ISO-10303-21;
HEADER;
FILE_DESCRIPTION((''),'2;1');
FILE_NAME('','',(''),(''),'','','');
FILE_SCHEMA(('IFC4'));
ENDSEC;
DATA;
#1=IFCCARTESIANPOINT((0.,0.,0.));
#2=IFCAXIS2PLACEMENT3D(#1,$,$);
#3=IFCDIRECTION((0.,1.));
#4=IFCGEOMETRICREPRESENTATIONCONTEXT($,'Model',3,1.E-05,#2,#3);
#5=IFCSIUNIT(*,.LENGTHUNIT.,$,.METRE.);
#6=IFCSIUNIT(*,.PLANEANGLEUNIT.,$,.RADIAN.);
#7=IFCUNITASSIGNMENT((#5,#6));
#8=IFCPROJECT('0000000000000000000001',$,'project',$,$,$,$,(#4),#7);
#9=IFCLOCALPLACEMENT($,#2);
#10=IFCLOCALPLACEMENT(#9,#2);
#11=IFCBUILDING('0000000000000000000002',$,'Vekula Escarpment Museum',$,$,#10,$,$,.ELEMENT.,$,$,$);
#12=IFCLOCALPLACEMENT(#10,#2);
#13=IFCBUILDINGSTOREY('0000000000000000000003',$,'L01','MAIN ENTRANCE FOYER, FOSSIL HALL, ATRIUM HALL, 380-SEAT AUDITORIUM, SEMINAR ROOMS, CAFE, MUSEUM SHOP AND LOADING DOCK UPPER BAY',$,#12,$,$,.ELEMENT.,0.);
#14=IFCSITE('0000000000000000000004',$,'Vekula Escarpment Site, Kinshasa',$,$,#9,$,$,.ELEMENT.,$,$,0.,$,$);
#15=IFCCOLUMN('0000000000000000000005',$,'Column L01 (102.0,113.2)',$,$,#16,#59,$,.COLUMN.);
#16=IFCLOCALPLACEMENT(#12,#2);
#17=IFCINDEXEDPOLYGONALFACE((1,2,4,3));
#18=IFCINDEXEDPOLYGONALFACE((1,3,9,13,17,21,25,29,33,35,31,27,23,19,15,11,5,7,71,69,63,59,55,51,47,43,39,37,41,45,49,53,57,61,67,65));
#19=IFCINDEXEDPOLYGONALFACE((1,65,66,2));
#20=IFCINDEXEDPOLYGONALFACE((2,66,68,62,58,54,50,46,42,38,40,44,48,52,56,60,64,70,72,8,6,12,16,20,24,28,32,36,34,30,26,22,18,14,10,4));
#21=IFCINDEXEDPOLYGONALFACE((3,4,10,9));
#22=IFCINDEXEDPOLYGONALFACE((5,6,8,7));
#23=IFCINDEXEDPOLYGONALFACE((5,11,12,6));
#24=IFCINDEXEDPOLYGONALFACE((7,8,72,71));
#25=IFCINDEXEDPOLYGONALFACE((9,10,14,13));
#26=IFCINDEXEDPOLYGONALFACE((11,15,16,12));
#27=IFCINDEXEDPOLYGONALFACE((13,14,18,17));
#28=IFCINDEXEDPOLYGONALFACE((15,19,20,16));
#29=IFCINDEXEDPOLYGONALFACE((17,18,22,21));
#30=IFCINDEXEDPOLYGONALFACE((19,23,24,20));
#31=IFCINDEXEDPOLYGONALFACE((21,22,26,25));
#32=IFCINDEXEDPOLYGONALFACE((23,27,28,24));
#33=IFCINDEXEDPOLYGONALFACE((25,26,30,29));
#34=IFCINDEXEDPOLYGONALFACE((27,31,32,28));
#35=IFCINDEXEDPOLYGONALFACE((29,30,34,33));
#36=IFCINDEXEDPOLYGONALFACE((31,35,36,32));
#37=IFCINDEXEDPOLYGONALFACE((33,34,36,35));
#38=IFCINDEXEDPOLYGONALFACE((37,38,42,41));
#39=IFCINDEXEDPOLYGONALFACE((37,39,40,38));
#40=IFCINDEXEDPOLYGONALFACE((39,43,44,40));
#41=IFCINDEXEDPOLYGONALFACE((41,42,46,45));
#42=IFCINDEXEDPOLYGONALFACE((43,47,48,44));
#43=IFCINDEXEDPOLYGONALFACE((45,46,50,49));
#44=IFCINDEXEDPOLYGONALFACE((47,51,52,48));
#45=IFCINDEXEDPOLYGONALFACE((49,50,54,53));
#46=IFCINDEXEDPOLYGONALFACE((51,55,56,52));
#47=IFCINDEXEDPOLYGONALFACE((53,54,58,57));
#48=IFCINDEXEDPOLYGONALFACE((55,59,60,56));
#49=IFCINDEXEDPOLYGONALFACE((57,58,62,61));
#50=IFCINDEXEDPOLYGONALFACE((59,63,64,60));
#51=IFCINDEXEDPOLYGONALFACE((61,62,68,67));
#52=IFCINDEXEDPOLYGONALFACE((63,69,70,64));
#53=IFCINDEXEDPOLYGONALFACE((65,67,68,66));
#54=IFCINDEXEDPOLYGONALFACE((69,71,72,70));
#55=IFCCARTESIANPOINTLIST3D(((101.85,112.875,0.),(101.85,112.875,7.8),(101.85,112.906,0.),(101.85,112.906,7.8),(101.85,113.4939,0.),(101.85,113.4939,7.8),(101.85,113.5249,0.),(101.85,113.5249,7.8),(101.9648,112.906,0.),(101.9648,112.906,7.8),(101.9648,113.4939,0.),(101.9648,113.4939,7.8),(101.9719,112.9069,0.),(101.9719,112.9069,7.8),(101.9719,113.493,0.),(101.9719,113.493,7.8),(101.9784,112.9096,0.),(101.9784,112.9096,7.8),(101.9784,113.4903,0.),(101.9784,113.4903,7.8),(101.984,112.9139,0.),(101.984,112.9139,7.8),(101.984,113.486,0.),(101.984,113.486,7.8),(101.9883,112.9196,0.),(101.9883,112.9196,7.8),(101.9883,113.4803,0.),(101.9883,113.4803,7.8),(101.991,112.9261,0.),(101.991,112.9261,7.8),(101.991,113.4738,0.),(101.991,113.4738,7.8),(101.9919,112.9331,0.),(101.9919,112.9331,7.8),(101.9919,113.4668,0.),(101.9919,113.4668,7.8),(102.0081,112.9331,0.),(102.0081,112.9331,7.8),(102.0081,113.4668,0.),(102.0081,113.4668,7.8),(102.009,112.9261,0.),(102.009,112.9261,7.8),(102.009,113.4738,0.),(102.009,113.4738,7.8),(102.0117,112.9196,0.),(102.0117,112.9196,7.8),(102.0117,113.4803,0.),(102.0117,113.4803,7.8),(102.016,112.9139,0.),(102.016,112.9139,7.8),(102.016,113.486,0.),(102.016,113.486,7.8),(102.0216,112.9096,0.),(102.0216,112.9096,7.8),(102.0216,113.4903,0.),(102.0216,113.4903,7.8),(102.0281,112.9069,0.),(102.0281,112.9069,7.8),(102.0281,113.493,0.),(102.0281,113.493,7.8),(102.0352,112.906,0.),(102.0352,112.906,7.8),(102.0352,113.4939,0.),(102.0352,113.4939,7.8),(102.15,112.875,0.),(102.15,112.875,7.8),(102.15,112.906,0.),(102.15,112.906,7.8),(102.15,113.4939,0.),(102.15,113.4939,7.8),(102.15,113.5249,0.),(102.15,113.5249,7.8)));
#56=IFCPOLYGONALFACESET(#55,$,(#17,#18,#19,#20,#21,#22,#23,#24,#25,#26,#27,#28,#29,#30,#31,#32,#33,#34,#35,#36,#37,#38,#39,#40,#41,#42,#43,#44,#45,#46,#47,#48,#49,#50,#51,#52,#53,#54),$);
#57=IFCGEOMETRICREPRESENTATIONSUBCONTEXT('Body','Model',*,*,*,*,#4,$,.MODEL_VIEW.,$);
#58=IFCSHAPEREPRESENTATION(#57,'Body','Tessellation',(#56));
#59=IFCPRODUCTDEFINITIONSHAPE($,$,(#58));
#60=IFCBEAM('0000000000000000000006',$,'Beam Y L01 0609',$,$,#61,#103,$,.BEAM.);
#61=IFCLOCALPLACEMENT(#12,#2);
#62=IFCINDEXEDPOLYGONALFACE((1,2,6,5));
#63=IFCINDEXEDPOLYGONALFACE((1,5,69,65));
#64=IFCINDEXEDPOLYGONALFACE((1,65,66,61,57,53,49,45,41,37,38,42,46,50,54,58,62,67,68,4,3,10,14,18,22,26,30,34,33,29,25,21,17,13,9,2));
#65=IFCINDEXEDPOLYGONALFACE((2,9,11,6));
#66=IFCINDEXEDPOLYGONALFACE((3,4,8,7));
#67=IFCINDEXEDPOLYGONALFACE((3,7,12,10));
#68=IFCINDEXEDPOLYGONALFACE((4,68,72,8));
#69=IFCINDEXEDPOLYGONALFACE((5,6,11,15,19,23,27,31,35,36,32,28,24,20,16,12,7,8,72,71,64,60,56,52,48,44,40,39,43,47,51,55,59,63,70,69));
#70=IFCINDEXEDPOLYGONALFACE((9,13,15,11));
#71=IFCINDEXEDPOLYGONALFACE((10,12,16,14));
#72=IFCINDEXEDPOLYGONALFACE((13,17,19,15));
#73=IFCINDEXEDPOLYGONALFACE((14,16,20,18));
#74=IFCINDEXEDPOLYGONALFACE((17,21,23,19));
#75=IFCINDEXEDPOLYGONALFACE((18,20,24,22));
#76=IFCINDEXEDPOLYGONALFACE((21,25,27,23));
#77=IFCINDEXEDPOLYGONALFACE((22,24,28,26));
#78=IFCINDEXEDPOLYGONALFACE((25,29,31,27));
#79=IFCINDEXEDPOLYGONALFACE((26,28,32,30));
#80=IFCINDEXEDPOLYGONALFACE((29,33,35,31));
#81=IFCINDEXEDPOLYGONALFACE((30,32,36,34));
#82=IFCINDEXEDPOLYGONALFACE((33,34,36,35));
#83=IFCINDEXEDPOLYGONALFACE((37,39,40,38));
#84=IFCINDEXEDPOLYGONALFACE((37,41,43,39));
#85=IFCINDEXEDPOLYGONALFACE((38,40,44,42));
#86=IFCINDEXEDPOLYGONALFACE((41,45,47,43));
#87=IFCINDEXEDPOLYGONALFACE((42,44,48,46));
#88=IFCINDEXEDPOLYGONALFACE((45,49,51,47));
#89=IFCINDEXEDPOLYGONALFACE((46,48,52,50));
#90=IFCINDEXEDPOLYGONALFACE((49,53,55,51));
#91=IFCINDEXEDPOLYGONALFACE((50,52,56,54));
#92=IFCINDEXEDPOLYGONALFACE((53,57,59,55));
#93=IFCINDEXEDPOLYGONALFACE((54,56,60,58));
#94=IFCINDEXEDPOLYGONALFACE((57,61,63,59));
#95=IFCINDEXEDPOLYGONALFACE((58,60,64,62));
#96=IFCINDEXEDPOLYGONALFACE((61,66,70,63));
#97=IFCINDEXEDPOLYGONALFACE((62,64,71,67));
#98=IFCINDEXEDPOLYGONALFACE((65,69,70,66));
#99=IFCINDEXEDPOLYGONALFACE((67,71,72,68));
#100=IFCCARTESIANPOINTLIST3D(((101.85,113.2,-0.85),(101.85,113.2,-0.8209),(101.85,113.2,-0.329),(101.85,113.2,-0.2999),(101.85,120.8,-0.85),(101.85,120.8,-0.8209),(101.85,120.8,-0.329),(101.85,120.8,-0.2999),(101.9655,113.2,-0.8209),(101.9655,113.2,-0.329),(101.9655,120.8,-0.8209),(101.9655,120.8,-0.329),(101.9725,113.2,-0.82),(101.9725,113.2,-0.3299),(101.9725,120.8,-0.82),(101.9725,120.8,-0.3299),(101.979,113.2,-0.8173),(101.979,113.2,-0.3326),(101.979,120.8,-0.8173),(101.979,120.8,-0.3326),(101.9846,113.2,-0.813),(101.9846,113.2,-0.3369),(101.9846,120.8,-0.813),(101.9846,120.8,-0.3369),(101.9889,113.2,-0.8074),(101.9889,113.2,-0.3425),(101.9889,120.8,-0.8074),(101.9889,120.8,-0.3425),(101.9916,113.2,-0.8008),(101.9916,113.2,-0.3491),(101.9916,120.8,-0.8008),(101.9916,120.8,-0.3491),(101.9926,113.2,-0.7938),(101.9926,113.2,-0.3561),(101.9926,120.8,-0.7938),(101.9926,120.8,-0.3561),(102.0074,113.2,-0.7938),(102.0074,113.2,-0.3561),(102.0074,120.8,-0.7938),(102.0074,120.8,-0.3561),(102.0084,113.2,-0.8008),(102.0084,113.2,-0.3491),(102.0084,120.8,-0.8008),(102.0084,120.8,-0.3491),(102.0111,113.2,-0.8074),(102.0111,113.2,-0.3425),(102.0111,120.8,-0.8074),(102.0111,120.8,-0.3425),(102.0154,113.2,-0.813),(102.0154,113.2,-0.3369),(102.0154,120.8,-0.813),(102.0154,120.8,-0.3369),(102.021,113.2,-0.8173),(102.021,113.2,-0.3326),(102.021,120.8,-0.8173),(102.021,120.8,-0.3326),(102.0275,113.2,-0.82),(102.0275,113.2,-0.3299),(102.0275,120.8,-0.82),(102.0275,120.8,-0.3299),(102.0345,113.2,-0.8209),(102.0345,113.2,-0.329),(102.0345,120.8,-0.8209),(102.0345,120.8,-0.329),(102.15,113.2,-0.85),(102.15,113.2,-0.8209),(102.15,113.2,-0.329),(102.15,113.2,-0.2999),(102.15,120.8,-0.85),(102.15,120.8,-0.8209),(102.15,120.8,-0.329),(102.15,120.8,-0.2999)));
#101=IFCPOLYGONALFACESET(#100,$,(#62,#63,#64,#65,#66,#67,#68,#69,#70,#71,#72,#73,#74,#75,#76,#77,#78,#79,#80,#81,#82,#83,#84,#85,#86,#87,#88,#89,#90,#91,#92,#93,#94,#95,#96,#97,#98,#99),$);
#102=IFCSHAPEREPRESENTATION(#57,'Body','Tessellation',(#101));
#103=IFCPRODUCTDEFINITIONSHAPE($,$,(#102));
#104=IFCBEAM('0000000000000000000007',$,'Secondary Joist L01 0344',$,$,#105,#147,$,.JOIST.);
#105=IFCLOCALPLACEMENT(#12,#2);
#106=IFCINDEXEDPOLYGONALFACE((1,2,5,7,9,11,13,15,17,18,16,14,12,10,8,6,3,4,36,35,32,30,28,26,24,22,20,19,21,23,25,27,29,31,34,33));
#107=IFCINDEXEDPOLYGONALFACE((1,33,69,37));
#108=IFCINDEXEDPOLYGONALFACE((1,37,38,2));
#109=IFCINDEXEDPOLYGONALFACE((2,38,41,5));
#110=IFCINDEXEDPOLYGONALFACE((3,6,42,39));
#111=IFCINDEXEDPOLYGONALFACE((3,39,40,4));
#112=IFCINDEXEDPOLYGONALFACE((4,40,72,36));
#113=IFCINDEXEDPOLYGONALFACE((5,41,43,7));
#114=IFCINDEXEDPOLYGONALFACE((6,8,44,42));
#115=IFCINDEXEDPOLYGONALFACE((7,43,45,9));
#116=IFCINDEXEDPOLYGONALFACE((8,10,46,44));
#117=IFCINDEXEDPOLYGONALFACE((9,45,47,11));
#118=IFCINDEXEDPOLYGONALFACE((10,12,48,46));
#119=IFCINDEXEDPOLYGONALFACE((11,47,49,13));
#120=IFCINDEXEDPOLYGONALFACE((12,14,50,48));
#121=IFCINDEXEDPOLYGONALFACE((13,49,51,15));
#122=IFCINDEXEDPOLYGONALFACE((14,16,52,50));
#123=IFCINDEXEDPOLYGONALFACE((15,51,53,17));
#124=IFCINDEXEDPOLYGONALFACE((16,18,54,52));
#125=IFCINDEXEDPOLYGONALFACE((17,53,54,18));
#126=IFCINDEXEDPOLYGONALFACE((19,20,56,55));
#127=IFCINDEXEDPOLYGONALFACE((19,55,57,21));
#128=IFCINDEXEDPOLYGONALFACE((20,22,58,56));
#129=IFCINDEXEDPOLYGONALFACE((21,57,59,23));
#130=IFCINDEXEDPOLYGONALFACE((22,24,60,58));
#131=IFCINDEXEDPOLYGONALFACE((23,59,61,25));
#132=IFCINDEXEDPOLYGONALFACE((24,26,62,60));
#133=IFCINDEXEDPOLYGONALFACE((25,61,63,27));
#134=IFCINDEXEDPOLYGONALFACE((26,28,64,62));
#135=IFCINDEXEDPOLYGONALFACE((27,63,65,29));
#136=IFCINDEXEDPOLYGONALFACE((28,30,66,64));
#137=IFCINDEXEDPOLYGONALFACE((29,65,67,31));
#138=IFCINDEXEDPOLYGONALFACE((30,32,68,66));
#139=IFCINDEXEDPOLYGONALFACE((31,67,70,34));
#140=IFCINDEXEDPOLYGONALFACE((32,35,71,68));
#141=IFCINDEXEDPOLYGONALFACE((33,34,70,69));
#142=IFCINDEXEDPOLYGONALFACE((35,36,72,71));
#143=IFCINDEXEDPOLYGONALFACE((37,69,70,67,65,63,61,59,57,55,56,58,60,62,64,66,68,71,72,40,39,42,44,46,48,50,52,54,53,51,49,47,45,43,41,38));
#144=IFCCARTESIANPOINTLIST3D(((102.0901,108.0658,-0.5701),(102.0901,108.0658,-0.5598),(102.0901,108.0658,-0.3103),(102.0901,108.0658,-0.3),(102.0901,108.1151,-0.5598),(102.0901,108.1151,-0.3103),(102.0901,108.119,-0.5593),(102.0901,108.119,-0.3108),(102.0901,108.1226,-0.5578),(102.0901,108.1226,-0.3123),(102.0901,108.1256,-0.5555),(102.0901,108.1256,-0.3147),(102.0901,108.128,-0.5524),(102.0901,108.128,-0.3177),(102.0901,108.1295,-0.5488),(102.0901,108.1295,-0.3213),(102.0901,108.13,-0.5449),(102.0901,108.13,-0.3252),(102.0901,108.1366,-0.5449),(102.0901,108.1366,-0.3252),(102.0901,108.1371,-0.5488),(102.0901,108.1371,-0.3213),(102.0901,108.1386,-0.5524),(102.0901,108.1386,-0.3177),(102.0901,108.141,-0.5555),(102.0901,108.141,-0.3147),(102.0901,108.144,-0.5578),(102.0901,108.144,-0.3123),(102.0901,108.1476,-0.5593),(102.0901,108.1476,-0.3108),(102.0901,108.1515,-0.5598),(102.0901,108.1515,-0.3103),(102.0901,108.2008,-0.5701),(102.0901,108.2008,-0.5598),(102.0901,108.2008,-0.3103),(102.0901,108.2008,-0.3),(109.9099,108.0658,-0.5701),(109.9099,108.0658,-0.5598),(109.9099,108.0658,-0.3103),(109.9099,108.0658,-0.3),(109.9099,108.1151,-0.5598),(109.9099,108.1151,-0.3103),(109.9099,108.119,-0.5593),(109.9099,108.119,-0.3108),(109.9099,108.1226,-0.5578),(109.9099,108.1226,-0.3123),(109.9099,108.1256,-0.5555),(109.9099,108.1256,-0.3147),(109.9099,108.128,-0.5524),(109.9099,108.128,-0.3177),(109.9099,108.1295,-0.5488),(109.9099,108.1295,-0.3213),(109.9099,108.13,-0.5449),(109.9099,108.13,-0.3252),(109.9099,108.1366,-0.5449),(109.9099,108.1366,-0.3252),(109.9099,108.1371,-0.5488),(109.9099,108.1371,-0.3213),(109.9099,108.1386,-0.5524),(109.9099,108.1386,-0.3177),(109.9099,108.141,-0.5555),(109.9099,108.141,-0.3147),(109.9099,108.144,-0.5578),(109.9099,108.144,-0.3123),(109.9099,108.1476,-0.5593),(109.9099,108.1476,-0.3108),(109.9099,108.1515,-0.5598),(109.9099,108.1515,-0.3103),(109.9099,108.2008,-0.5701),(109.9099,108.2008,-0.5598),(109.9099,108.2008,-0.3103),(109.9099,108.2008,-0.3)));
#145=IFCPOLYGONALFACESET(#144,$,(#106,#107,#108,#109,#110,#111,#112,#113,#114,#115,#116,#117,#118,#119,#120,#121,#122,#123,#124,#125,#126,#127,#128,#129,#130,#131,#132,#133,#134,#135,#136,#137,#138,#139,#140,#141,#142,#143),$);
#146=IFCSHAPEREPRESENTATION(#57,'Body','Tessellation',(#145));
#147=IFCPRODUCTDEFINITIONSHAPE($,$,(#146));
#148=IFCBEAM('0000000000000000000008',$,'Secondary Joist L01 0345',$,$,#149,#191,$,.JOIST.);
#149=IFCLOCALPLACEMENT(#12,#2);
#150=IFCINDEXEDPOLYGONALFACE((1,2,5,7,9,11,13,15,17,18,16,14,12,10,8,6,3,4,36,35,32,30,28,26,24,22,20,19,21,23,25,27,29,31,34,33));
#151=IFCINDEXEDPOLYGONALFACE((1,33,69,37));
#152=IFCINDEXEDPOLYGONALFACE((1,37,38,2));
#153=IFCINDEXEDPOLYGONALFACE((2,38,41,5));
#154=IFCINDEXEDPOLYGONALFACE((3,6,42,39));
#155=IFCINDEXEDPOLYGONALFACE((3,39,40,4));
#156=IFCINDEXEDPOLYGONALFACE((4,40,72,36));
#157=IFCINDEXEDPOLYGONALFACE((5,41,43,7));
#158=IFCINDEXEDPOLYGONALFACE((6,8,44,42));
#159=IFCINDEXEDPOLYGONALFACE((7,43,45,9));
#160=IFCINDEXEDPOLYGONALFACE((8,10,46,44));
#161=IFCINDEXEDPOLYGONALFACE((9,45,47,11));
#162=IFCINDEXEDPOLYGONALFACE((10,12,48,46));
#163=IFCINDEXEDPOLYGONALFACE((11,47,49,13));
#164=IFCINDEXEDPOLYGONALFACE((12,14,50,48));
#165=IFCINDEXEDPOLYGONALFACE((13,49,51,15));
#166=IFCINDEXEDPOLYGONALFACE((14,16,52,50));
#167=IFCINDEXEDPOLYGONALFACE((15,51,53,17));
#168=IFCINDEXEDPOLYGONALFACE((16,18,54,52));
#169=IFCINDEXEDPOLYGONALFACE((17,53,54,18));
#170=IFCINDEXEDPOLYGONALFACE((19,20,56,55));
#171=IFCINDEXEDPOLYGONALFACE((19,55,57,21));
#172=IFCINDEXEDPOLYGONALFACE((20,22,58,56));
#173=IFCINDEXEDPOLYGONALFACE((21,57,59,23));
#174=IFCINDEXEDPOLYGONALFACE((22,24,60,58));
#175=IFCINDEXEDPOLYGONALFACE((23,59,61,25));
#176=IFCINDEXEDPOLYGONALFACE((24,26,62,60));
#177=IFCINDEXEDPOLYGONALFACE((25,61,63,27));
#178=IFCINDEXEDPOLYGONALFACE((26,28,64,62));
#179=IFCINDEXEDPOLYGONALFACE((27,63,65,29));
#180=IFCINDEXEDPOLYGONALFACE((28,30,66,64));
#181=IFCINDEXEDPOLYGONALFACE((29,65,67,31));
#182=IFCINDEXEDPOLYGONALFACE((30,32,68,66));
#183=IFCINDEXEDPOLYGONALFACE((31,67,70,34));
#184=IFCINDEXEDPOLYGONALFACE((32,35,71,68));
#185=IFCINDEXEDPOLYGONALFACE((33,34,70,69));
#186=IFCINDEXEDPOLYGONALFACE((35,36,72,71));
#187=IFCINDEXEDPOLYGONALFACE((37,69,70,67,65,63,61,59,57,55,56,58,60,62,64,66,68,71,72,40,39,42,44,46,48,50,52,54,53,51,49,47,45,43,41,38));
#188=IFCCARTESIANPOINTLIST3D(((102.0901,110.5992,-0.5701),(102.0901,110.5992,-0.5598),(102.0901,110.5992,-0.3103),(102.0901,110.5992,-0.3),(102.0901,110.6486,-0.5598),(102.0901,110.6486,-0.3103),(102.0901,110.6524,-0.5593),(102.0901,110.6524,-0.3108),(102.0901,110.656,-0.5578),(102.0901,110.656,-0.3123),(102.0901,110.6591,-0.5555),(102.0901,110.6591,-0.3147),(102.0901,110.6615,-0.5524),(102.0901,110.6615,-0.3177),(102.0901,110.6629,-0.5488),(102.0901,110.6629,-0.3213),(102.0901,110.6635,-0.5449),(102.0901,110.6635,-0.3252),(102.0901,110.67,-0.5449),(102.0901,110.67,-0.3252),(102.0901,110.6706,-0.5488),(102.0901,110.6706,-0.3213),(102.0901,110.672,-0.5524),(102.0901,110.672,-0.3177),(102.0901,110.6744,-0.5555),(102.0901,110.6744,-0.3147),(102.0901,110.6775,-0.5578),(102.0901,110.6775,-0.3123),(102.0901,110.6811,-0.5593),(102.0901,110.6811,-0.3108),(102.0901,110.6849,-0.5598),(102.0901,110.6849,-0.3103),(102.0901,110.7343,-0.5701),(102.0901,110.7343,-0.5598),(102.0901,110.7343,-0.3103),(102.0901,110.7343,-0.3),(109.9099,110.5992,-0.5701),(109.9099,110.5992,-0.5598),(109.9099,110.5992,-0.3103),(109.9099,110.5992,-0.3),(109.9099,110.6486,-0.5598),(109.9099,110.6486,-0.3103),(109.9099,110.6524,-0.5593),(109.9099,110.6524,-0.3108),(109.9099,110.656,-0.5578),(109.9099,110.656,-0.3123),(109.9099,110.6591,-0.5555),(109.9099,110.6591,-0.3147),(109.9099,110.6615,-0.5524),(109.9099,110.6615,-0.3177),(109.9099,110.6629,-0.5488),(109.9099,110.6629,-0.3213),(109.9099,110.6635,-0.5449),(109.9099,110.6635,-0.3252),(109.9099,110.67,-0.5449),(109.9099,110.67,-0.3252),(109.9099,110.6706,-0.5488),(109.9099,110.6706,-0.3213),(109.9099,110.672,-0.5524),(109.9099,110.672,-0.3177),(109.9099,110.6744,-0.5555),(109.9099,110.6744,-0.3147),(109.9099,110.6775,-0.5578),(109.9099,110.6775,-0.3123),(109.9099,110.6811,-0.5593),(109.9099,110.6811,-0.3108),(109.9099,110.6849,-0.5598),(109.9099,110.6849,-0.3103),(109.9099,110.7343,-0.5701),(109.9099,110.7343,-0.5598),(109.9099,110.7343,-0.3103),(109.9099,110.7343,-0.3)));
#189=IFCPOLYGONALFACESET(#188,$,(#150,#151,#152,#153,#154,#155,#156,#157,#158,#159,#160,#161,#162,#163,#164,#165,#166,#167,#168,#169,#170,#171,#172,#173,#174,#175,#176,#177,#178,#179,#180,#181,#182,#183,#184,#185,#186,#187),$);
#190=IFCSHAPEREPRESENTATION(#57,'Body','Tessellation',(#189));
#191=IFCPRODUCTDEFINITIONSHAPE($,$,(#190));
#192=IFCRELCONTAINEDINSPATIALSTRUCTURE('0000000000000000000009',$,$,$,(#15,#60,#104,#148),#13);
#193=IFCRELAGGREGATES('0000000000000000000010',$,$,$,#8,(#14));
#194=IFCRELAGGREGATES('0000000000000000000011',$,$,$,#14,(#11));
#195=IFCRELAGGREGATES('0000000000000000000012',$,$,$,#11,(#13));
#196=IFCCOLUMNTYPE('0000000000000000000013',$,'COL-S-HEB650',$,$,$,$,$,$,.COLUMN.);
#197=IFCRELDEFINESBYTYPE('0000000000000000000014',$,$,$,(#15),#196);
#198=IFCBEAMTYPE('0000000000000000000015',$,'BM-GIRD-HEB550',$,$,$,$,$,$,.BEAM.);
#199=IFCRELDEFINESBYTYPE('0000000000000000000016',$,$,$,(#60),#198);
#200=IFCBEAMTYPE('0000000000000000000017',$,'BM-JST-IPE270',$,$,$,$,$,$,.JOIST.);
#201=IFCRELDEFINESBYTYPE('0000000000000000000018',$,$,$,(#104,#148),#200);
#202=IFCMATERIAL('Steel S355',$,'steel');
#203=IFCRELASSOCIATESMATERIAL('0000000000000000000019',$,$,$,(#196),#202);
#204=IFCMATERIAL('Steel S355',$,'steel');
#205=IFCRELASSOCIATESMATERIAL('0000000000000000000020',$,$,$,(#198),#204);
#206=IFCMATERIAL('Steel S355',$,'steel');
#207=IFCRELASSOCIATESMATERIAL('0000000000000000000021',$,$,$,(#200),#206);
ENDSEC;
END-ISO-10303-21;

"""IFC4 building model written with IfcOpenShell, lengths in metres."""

from ifc_helpers import new_model, si_unit, direction, frame, origin, origin_2d, place, context, subcontext, project, spatial, i_section, extrude, material, material_profile, profile_set, type_object, element, save


model = new_model("IFC4")

# Units and contexts
model_context = context("Model", 3, precision=1e-05, world=origin(), true_north=direction((0.0, 1.0)))
body_context = subcontext(model_context, "Body", "Model", "MODEL_VIEW")
ifc_project = project(units=[si_unit("LENGTHUNIT", "METRE"), si_unit("PLANEANGLEUNIT", "RADIAN")], contexts=[model_context])

# Site, building, storey
site_placement = place(None, origin())
site = spatial("IfcSite", under=ifc_project, at=site_placement, Name="Vekula Escarpment Site, Kinshasa", CompositionType="ELEMENT", RefElevation=0.0)
building_placement = place(site_placement, origin())
building = spatial("IfcBuilding", under=site, at=building_placement, Name="Vekula Escarpment Museum", CompositionType="ELEMENT")
storey_placement = place(building_placement, origin())
storey = spatial("IfcBuildingStorey", under=building, at=storey_placement, Name="L01", Description="MAIN ENTRANCE FOYER, FOSSIL HALL, ATRIUM HALL, 380-SEAT AUDITORIUM, SEMINAR ROOMS, CAFE, MUSEUM SHOP AND LOADING DOCK UPPER BAY", CompositionType="ELEMENT", Elevation=0.0)

# Column
ifc_material_1 = material(Name="Steel S355", Category="steel")
ifc_material_profile_1 = material_profile(ifc_material_1, i_section(OverallWidth=0.3, OverallDepth=0.6499, WebThickness=0.0161, FlangeThickness=0.031, FilletRadius=0.0271, at=origin_2d()), Name="HEB 650")
ifc_profile_set_1 = profile_set([ifc_material_profile_1], Name="Steel S355")
column_type = type_object("IfcColumnType", Name="COL-S-HEB650", PredefinedType="COLUMN", material=ifc_profile_set_1)
column_placement = place(storey_placement, frame((102.0, 113.2, 0.0), z_axis=(0.0, 0.0, 1.0), x_axis=(1.0, 0.0, 0.0)))
element("IfcColumn", 1, at=column_placement, inside=storey, type_object=column_type, Name="Column L01 (102.0,113.2)", PredefinedType="COLUMN", context=body_context, shape_type="SweptSolid", body=[
    extrude(i_section(OverallWidth=0.3, OverallDepth=0.6499, WebThickness=0.0161, FlangeThickness=0.031, FilletRadius=0.0271, at=origin_2d()), origin(), (0.0, 0.0, 1.0), 7.8),
])

# Beams
ifc_material_2 = material(Name="Steel S355", Category="steel")
ifc_material_profile_2 = material_profile(ifc_material_2, i_section(OverallWidth=0.3, OverallDepth=0.55, WebThickness=0.0149, FlangeThickness=0.0291, FilletRadius=0.0271, at=origin_2d()), Name="HEB 550")
ifc_profile_set_2 = profile_set([ifc_material_profile_2], Name="Steel S355")
beam_type_1 = type_object("IfcBeamType", Name="BM-GIRD-HEB550", PredefinedType="BEAM", material=ifc_profile_set_2)
beam_1_placement = place(storey_placement, frame((102.0, 113.2, -0.575), z_axis=(0.0, 1.0, 0.0), x_axis=(-1.0, 0.0, 0.0)))
element("IfcBeam", 2, at=beam_1_placement, inside=storey, type_object=beam_type_1, Name="Beam Y L01 0609", PredefinedType="BEAM", context=body_context, shape_type="SweptSolid", body=[
    extrude(i_section(OverallWidth=0.3, OverallDepth=0.55, WebThickness=0.0149, FlangeThickness=0.0291, FilletRadius=0.0271, at=origin_2d()), origin(), (0.0, 0.0, 1.0), 7.6001),
])
ifc_material_3 = material(Name="Steel S355", Category="steel")
ifc_material_profile_3 = material_profile(ifc_material_3, i_section(OverallWidth=0.135, OverallDepth=0.27, WebThickness=0.0066, FlangeThickness=0.0103, FilletRadius=0.0149, at=origin_2d()), Name="IPE 270")
ifc_profile_set_3 = profile_set([ifc_material_profile_3], Name="Steel S355")
beam_type_2 = type_object("IfcBeamType", Name="BM-JST-IPE270", PredefinedType="JOIST", material=ifc_profile_set_3)
for number, where, z_axis, x_axis, name in (
    (3, (102.0901, 108.1333, -0.4351), (1.0, 0.0, 0.0), (0.0, 1.0, 0.0), "Secondary Joist L01 0344"),
    (4, (102.0901, 110.6667, -0.4351), (1.0, 0.0, 0.0), (0.0, 1.0, 0.0), "Secondary Joist L01 0345"),
):
    element("IfcBeam", number, at=place(storey_placement, frame(where, z_axis=z_axis, x_axis=x_axis)), inside=storey, type_object=beam_type_2, Name=name, PredefinedType="JOIST", context=body_context, shape_type="SweptSolid", body=[
        extrude(i_section(OverallWidth=0.135, OverallDepth=0.27, WebThickness=0.0066, FlangeThickness=0.0103, FilletRadius=0.0149, at=origin_2d()), origin(), (0.0, 0.0, 1.0), 7.8198),
    ])

save(model, "model.ifc")
